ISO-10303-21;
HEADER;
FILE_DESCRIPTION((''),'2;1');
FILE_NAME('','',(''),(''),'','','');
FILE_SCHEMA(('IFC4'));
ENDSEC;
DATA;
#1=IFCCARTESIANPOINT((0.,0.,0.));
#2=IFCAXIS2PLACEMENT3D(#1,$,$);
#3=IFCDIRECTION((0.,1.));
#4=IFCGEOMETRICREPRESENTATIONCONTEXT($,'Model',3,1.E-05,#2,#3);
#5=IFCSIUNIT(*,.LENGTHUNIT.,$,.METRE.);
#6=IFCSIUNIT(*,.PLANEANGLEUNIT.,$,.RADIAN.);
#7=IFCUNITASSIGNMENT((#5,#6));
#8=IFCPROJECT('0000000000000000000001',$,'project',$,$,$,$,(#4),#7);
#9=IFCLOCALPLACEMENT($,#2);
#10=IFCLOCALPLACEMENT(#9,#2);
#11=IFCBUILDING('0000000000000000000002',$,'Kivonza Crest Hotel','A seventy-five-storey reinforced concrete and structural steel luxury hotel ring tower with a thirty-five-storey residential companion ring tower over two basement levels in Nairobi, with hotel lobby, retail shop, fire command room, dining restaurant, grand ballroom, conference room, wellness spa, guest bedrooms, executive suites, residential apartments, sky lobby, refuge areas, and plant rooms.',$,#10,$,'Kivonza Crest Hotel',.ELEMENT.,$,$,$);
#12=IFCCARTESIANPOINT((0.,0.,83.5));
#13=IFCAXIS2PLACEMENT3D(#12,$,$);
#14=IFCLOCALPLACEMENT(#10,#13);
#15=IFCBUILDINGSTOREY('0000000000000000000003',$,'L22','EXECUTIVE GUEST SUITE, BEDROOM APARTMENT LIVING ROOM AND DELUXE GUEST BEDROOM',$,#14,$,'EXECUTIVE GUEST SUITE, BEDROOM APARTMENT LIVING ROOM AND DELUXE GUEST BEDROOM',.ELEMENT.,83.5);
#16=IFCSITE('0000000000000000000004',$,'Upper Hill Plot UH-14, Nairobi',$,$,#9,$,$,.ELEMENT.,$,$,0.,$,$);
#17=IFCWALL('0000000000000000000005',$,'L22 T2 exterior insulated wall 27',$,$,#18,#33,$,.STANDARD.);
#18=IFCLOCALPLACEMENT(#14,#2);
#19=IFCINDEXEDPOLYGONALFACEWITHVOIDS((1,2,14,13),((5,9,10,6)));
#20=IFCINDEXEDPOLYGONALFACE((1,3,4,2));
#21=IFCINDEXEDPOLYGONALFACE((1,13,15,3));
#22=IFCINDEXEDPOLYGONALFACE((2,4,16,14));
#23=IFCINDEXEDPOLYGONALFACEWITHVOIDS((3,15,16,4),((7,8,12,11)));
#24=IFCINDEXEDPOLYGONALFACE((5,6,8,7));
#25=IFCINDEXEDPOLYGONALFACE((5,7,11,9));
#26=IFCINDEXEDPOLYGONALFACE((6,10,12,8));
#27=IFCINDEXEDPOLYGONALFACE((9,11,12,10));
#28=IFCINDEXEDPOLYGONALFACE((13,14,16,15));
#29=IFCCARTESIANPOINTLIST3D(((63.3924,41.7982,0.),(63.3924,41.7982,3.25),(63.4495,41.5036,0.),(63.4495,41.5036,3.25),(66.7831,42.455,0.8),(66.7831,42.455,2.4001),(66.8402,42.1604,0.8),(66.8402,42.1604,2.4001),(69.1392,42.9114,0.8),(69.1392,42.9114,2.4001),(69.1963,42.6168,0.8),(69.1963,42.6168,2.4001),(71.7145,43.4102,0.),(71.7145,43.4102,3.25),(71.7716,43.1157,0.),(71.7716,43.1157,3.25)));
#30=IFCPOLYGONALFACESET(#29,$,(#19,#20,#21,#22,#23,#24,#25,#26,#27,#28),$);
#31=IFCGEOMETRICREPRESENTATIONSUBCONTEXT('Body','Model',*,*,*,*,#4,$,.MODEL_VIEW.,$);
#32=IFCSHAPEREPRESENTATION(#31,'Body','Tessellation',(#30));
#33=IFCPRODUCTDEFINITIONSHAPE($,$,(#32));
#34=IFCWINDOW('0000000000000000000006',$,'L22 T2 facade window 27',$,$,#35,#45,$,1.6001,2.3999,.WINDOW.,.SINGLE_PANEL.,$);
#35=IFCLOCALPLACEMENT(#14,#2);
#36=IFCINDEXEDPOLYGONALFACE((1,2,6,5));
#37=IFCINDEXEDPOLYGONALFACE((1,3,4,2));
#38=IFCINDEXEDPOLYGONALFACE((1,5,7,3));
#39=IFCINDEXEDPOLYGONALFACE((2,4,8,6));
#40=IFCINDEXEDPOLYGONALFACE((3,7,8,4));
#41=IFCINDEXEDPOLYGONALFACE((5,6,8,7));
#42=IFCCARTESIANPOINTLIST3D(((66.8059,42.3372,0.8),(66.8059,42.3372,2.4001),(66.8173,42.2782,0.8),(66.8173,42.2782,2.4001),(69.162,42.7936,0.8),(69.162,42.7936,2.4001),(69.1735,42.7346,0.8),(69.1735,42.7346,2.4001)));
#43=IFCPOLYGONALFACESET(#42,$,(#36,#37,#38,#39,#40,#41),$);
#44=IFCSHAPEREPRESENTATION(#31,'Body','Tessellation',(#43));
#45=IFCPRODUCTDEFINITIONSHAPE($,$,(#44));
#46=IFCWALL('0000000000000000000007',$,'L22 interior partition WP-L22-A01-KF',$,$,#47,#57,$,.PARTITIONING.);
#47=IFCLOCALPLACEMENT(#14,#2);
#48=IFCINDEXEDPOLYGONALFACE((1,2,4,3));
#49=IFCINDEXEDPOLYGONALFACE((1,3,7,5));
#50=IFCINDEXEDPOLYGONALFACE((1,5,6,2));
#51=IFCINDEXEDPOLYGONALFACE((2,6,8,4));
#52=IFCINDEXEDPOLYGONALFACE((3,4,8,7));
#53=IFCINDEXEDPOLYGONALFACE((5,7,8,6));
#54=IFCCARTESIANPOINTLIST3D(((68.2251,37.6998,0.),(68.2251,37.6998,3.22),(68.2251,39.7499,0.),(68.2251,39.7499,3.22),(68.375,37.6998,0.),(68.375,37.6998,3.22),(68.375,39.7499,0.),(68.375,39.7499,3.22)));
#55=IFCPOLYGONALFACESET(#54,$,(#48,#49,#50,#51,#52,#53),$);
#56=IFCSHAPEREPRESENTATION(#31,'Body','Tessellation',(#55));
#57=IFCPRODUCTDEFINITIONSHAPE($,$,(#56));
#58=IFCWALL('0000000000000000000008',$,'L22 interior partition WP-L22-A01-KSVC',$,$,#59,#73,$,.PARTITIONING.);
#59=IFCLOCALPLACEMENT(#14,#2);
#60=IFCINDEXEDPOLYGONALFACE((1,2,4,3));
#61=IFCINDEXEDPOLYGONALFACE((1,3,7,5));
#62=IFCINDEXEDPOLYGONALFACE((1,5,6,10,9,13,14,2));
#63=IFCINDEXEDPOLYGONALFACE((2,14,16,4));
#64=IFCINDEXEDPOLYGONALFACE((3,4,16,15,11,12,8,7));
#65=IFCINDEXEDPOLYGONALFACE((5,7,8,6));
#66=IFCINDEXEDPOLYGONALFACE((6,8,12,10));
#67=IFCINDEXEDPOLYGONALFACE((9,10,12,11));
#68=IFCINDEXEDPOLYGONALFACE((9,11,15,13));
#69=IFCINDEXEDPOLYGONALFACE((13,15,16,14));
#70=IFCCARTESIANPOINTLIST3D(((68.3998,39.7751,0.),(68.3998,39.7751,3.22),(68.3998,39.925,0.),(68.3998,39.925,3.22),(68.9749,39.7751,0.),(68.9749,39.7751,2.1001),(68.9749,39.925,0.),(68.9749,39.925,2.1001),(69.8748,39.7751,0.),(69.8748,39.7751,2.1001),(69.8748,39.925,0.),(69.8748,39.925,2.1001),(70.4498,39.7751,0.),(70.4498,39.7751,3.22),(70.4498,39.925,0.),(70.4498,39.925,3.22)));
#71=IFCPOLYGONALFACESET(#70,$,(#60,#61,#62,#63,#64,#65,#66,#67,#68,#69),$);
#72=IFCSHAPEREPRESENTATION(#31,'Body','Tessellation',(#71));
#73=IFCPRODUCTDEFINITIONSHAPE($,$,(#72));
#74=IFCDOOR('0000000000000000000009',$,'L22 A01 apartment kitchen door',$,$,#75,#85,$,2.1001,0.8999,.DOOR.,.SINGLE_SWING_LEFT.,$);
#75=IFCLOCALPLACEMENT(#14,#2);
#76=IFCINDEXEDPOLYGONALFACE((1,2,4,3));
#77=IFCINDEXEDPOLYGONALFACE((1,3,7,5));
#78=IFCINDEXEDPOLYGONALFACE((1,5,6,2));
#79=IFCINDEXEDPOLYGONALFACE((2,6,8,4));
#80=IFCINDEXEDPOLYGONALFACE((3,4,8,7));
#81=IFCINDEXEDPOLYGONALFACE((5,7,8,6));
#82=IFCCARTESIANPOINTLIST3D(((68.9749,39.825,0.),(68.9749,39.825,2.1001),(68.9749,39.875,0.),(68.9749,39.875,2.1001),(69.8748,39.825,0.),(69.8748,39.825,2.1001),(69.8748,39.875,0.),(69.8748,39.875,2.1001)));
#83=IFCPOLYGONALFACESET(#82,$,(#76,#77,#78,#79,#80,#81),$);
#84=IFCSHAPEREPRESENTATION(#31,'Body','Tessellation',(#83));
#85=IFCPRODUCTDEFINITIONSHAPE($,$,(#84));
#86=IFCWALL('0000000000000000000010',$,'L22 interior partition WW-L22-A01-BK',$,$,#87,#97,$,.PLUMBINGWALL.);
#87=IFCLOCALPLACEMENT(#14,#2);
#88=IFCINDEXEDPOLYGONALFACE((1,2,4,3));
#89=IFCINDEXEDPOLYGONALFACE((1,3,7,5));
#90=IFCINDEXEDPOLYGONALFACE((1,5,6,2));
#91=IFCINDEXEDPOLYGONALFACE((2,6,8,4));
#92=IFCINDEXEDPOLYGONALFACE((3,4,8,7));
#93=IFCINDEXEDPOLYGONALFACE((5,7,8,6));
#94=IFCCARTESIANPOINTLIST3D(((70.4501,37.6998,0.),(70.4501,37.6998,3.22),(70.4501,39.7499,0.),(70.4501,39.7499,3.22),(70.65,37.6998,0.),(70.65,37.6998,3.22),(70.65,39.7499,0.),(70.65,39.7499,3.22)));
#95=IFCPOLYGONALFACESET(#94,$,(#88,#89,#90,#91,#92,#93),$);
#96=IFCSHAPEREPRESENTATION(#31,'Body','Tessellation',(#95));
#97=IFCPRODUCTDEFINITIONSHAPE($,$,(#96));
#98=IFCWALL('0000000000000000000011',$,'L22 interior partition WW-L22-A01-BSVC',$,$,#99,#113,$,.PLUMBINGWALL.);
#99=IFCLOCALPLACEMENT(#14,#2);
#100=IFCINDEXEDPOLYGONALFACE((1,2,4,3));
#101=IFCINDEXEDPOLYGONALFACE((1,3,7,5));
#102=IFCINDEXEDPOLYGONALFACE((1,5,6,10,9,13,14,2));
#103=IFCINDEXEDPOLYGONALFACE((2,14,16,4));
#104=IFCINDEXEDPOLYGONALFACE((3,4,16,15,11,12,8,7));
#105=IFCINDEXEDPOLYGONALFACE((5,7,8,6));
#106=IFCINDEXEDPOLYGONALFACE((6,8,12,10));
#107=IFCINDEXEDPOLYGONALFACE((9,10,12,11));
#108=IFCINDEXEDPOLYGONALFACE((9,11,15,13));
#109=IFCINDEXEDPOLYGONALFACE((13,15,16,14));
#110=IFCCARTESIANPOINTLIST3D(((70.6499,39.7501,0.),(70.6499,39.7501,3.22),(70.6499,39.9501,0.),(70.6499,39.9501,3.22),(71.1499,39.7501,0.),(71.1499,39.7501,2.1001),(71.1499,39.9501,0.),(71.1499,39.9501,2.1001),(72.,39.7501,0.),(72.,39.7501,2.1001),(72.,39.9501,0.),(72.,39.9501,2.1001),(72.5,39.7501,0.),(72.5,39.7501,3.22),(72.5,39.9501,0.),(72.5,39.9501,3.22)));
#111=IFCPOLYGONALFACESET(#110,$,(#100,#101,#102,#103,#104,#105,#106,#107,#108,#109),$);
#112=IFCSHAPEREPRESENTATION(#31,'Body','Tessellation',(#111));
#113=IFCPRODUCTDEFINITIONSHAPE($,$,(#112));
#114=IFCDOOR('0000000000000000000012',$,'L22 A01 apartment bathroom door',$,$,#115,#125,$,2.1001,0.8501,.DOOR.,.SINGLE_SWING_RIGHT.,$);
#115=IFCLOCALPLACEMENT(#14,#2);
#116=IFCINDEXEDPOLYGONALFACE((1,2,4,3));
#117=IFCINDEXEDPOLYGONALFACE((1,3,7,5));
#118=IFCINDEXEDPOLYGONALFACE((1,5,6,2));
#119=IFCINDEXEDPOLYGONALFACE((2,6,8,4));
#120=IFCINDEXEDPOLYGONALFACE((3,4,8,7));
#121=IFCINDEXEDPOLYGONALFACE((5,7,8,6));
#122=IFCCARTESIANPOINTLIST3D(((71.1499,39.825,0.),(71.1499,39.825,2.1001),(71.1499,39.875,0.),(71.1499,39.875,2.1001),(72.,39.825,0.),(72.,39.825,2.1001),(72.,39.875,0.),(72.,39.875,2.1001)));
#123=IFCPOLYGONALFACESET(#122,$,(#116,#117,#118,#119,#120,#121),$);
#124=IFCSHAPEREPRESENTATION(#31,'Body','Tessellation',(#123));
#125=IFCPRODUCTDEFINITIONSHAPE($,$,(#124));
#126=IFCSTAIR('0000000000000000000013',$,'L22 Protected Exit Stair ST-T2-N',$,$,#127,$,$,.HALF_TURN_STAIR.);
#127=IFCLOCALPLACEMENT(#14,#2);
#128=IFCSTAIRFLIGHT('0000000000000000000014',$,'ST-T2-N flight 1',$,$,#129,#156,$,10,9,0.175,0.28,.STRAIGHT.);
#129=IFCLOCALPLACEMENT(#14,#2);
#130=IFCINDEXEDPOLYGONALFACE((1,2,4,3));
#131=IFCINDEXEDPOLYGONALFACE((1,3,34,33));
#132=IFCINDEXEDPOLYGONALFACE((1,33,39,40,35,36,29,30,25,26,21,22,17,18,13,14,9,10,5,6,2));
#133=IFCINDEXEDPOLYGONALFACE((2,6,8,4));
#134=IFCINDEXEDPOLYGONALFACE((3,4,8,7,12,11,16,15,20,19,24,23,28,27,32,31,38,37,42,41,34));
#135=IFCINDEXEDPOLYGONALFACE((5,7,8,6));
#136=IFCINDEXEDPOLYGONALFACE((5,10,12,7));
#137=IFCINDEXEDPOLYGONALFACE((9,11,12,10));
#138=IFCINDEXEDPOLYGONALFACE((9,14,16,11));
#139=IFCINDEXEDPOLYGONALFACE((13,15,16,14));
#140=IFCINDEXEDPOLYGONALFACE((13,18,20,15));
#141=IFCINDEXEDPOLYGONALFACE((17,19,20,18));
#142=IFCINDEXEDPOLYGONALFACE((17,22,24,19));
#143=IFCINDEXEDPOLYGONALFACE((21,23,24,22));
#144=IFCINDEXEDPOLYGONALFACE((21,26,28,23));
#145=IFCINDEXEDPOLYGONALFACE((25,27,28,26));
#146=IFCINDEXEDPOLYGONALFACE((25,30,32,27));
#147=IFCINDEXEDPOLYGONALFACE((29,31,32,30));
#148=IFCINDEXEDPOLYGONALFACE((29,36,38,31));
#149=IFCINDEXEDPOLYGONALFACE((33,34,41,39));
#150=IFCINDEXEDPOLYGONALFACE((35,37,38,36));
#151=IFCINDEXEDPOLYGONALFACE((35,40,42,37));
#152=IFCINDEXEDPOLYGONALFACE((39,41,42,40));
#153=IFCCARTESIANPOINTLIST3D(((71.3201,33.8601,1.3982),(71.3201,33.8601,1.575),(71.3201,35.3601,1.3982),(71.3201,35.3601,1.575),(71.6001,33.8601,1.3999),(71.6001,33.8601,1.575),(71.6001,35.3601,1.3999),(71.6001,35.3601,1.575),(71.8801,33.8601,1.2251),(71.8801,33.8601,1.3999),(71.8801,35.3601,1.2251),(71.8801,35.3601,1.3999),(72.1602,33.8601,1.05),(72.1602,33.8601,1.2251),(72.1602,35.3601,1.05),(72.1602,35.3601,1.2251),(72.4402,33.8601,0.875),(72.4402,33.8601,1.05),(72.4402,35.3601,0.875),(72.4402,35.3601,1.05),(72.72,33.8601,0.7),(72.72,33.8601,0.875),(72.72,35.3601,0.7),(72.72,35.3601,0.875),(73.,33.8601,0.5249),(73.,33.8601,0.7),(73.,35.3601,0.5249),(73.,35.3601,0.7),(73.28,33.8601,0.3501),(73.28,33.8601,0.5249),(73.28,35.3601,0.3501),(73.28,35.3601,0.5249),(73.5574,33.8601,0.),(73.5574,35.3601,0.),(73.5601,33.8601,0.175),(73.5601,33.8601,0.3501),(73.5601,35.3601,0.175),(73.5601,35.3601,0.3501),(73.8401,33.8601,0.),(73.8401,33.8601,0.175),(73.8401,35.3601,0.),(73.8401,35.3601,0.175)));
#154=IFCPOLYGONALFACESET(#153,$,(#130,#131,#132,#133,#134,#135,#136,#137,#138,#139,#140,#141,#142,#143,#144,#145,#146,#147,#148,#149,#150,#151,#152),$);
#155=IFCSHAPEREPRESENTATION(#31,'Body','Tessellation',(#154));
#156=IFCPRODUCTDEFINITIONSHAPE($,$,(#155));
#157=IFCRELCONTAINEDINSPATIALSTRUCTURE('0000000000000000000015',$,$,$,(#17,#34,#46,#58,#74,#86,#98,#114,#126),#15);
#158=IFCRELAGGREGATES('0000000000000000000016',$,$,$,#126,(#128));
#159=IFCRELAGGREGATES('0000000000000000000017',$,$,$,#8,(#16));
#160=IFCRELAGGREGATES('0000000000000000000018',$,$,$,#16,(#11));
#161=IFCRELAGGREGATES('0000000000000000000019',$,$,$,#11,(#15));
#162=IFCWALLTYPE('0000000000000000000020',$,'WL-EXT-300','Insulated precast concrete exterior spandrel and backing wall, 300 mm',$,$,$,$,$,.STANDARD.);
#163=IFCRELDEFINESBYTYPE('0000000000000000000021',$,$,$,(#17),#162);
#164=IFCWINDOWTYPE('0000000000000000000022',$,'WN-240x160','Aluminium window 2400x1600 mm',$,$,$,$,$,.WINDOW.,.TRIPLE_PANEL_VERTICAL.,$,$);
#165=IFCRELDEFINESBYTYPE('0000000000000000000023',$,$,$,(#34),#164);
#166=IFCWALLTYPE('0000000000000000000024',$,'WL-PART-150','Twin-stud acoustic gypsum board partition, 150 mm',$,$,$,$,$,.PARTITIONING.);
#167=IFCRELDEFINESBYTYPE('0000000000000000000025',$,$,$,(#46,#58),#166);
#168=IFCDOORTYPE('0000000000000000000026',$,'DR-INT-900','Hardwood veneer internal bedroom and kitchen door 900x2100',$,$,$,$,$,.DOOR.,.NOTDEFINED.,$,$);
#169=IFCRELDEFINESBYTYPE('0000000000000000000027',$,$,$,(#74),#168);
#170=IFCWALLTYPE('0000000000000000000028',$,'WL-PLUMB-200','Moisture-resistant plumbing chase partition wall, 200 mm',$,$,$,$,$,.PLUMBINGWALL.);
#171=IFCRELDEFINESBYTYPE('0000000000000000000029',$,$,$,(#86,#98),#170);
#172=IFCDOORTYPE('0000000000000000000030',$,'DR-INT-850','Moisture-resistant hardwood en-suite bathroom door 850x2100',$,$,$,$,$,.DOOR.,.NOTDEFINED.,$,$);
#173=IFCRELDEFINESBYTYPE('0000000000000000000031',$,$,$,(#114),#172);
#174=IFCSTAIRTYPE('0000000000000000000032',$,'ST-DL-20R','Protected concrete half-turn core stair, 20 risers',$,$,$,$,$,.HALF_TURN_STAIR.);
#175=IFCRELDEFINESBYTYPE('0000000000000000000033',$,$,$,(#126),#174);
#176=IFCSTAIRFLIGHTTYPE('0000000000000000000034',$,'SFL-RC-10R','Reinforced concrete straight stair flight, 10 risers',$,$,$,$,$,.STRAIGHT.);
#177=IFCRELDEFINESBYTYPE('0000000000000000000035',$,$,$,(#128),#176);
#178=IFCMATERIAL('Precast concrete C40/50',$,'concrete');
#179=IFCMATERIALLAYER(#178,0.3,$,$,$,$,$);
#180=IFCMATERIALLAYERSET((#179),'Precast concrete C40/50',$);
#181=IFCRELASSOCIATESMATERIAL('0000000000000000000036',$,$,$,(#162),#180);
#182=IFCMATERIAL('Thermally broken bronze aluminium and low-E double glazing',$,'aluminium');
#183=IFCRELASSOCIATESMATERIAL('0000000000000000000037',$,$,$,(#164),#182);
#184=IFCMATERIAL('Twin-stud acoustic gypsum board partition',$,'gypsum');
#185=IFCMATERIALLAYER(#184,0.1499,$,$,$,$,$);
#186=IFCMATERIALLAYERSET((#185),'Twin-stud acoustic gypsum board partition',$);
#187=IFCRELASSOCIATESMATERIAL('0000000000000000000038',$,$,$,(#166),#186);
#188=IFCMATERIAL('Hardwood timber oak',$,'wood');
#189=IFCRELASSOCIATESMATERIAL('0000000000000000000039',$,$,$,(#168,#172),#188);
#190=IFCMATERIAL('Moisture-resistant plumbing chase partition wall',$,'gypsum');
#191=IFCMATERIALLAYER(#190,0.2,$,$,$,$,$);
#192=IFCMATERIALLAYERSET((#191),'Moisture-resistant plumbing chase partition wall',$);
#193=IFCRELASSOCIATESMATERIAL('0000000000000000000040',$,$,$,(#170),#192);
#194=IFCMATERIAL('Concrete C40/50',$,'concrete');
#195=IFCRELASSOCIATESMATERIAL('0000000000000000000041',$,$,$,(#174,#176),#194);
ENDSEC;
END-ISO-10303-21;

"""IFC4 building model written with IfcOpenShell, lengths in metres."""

from ifc_helpers import new_model, si_unit, direction, frame, frame_2d, origin, place, context, subcontext, project, spatial, polyline, rectangle, outline, extrude, material, layer, layer_set, type_object, element, fill, aggregate, save


model = new_model("IFC4")

# Units and contexts
model_context = context("Model", 3, precision=1e-05, world=origin(), true_north=direction((0.0, 1.0)))
body_context = subcontext(model_context, "Body", "Model", "MODEL_VIEW")
ifc_project = project(units=[si_unit("LENGTHUNIT", "METRE"), si_unit("PLANEANGLEUNIT", "RADIAN")], contexts=[model_context])

# Site, building, storey
site_placement = place(None, origin())
site = spatial("IfcSite", under=ifc_project, at=site_placement, Name="Upper Hill Plot UH-14, Nairobi", CompositionType="ELEMENT", RefElevation=0.0)
building_placement = place(site_placement, origin())
building = spatial("IfcBuilding", under=site, at=building_placement, Name="Kivonza Crest Hotel", Description="A seventy-five-storey reinforced concrete and structural steel luxury hotel ring tower with a thirty-five-storey residential companion ring tower over two basement levels in Nairobi, with hotel lobby, retail shop, fire command room, dining restaurant, grand ballroom, conference room, wellness spa, guest bedrooms, executive suites, residential apartments, sky lobby, refuge areas, and plant rooms.", LongName="Kivonza Crest Hotel", CompositionType="ELEMENT")
storey_placement = place(building_placement, frame((0.0, 0.0, 83.5)))
storey = spatial("IfcBuildingStorey", under=building, at=storey_placement, Name="L22", Description="EXECUTIVE GUEST SUITE, BEDROOM APARTMENT LIVING ROOM AND DELUXE GUEST BEDROOM", LongName="EXECUTIVE GUEST SUITE, BEDROOM APARTMENT LIVING ROOM AND DELUXE GUEST BEDROOM", CompositionType="ELEMENT", Elevation=83.5)

# Shared definitions
ifc_material_1 = material(Name="Hardwood timber oak", Category="wood")

# Wall, opening, window
ifc_material_2 = material(Name="Precast concrete C40/50", Category="concrete")
ifc_layer_1 = layer(ifc_material_2, 0.3)
ifc_layer_set_1 = layer_set([ifc_layer_1], Name="Precast concrete C40/50")
wall_type_1 = type_object("IfcWallType", Name="WL-EXT-300", Description="Insulated precast concrete exterior spandrel and backing wall, 300 mm", PredefinedType="STANDARD", material=ifc_layer_set_1)
wall_1_placement = place(storey_placement, frame((71.7429, 43.2629, 0.0), z_axis=(0.0, 0.0, 1.0), x_axis=(-0.98175, -0.190175, 0.0)))
wall_1 = element("IfcWall", 1, at=wall_1_placement, inside=storey, type_object=wall_type_1, Name="L22 T2 exterior insulated wall 27", PredefinedType="STANDARD", context=body_context, shape_type="SweptSolid", body=[
    extrude(rectangle(XDim=8.4768, YDim=0.3, at=frame_2d((4.2383, 0.0))), origin(), (0.0, 0.0, 1.0), 3.25),
])
opening_1_placement = place(wall_1_placement, frame((2.623, 0.0, 0.8)))
opening_1 = element("IfcOpeningElement", 2, at=opening_1_placement, cuts=wall_1, PredefinedType="OPENING", context=body_context, shape_type="SweptSolid", body=[
    extrude(rectangle(XDim=2.3999, YDim=1.6001, at=frame_2d((1.2, 0.8))), frame((0.0, 0.1602, 0.0), z_axis=(0.0, -1.0, 0.0), x_axis=(1.0, 0.0, 0.0)), (0.0, 0.0, 1.0), 0.3201),
])
ifc_material_3 = material(Name="Thermally broken bronze aluminium and low-E double glazing", Category="aluminium")
window_type = type_object("IfcWindowType", Name="WN-240x160", Description="Aluminium window 2400x1600 mm", PartitioningType="TRIPLE_PANEL_VERTICAL", PredefinedType="WINDOW", material=ifc_material_3)
window_placement = place(opening_1_placement, origin())
window = element("IfcWindow", 3, at=window_placement, inside=storey, type_object=window_type, Name="L22 T2 facade window 27", OverallHeight=1.6001, OverallWidth=2.3999, PartitioningType="SINGLE_PANEL", PredefinedType="WINDOW", context=body_context, shape_type="SweptSolid", body=[
    extrude(rectangle(XDim=2.3999, YDim=1.6001, at=frame_2d((1.2, 0.8))), frame((0.0, 0.03, 0.0), z_axis=(0.0, -1.0, 0.0), x_axis=(1.0, 0.0, 0.0)), (0.0, 0.0, 1.0), 0.0601),
])
fill(opening_1, window)

# Wall
ifc_material_4 = material(Name="Twin-stud acoustic gypsum board partition", Category="gypsum")
ifc_layer_2 = layer(ifc_material_4, 0.1499)
ifc_layer_set_2 = layer_set([ifc_layer_2], Name="Twin-stud acoustic gypsum board partition")
wall_type_2 = type_object("IfcWallType", Name="WL-PART-150", Description="Twin-stud acoustic gypsum board partition, 150 mm", PredefinedType="PARTITIONING", material=ifc_layer_set_2)
wall_2_placement = place(storey_placement, frame((68.3, 37.7, 0.0), z_axis=(0.0, 0.0, 1.0), x_axis=(0.0, 1.0, 0.0)))
element("IfcWall", 4, at=wall_2_placement, inside=storey, type_object=wall_type_2, Name="L22 interior partition WP-L22-A01-KF", PredefinedType="PARTITIONING", context=body_context, shape_type="SweptSolid", body=[
    extrude(rectangle(XDim=2.05, YDim=0.1499, at=frame_2d((1.0249, 0.0))), origin(), (0.0, 0.0, 1.0), 3.22),
])

# Wall, opening, door
wall_3_placement = place(storey_placement, frame((68.3999, 39.8501, 0.0), z_axis=(0.0, 0.0, 1.0), x_axis=(1.0, 0.0, 0.0)))
wall_3 = element("IfcWall", 5, at=wall_3_placement, inside=storey, type_object=wall_type_2, Name="L22 interior partition WP-L22-A01-KSVC", PredefinedType="PARTITIONING", context=body_context, shape_type="SweptSolid", body=[
    extrude(rectangle(XDim=2.05, YDim=0.1499, at=frame_2d((1.0249, 0.0))), origin(), (0.0, 0.0, 1.0), 3.22),
])
opening_2_placement = place(wall_3_placement, frame((0.575, 0.0, 0.0)))
opening_2 = element("IfcOpeningElement", 6, at=opening_2_placement, cuts=wall_3, PredefinedType="OPENING", context=body_context, shape_type="SweptSolid", body=[
    extrude(rectangle(XDim=0.8999, YDim=2.1001, at=frame_2d((0.45, 1.05))), frame((0.0, 0.085, 0.0), z_axis=(0.0, -1.0, 0.0), x_axis=(1.0, 0.0, 0.0)), (0.0, 0.0, 1.0), 0.1699),
])
door_type_1 = type_object("IfcDoorType", Name="DR-INT-900", Description="Hardwood veneer internal bedroom and kitchen door 900x2100", OperationType="NOTDEFINED", PredefinedType="DOOR", material=ifc_material_1)
door_1_placement = place(opening_2_placement, origin())
door_1 = element("IfcDoor", 7, at=door_1_placement, inside=storey, type_object=door_type_1, Name="L22 A01 apartment kitchen door", OperationType="SINGLE_SWING_LEFT", OverallHeight=2.1001, OverallWidth=0.8999, PredefinedType="DOOR", context=body_context, shape_type="SweptSolid", body=[
    extrude(rectangle(XDim=0.8999, YDim=2.1001, at=frame_2d((0.45, 1.05))), frame((0.0, 0.0249, 0.0), z_axis=(0.0, -1.0, 0.0), x_axis=(1.0, 0.0, 0.0)), (0.0, 0.0, 1.0), 0.05),
])
fill(opening_2, door_1)

# Wall
ifc_material_5 = material(Name="Moisture-resistant plumbing chase partition wall", Category="gypsum")
ifc_layer_3 = layer(ifc_material_5, 0.2)
ifc_layer_set_3 = layer_set([ifc_layer_3], Name="Moisture-resistant plumbing chase partition wall")
wall_type_3 = type_object("IfcWallType", Name="WL-PLUMB-200", Description="Moisture-resistant plumbing chase partition wall, 200 mm", PredefinedType="PLUMBINGWALL", material=ifc_layer_set_3)
wall_4_placement = place(storey_placement, frame((70.55, 37.7, 0.0), z_axis=(0.0, 0.0, 1.0), x_axis=(0.0, 1.0, 0.0)))
element("IfcWall", 8, at=wall_4_placement, inside=storey, type_object=wall_type_3, Name="L22 interior partition WW-L22-A01-BK", PredefinedType="PLUMBINGWALL", context=body_context, shape_type="SweptSolid", body=[
    extrude(rectangle(XDim=2.05, YDim=0.2, at=frame_2d((1.0249, 0.0))), origin(), (0.0, 0.0, 1.0), 3.22),
])

# Wall, opening, door
wall_5_placement = place(storey_placement, frame((70.6499, 39.8501, 0.0), z_axis=(0.0, 0.0, 1.0), x_axis=(1.0, 0.0, 0.0)))
wall_5 = element("IfcWall", 9, at=wall_5_placement, inside=storey, type_object=wall_type_3, Name="L22 interior partition WW-L22-A01-BSVC", PredefinedType="PLUMBINGWALL", context=body_context, shape_type="SweptSolid", body=[
    extrude(rectangle(XDim=1.8501, YDim=0.2, at=frame_2d((0.925, 0.0))), origin(), (0.0, 0.0, 1.0), 3.22),
])
opening_3_placement = place(wall_5_placement, frame((0.5, 0.0, 0.0)))
opening_3 = element("IfcOpeningElement", 10, at=opening_3_placement, cuts=wall_5, PredefinedType="OPENING", context=body_context, shape_type="SweptSolid", body=[
    extrude(rectangle(XDim=0.8501, YDim=2.1001, at=frame_2d((0.425, 1.05))), frame((0.0, 0.1099, 0.0), z_axis=(0.0, -1.0, 0.0), x_axis=(1.0, 0.0, 0.0)), (0.0, 0.0, 1.0), 0.22),
])
door_type_2 = type_object("IfcDoorType", Name="DR-INT-850", Description="Moisture-resistant hardwood en-suite bathroom door 850x2100", OperationType="NOTDEFINED", PredefinedType="DOOR", material=ifc_material_1)
door_2_placement = place(opening_3_placement, origin())
door_2 = element("IfcDoor", 11, at=door_2_placement, inside=storey, type_object=door_type_2, Name="L22 A01 apartment bathroom door", OperationType="SINGLE_SWING_RIGHT", OverallHeight=2.1001, OverallWidth=0.8501, PredefinedType="DOOR", context=body_context, shape_type="SweptSolid", body=[
    extrude(rectangle(XDim=0.8501, YDim=2.1001, at=frame_2d((0.425, 1.05))), frame((0.0, 0.0249, 0.0), z_axis=(0.0, -1.0, 0.0), x_axis=(1.0, 0.0, 0.0)), (0.0, 0.0, 1.0), 0.05),
])
fill(opening_3, door_2)

# Stair, stair flight
ifc_material_6 = material(Name="Concrete C40/50", Category="concrete")
stair_type = type_object("IfcStairType", Name="ST-DL-20R", Description="Protected concrete half-turn core stair, 20 risers", PredefinedType="HALF_TURN_STAIR", material=ifc_material_6)
stair_placement = place(storey_placement, origin())
stair = element("IfcStair", 12, at=stair_placement, inside=storey, type_object=stair_type, Name="L22 Protected Exit Stair ST-T2-N", PredefinedType="HALF_TURN_STAIR")
stair_flight_type = type_object("IfcStairFlightType", Name="SFL-RC-10R", Description="Reinforced concrete straight stair flight, 10 risers", PredefinedType="STRAIGHT", material=ifc_material_6)
stair_flight_placement = place(storey_placement, frame((73.8401, 34.6101, 0.0), z_axis=(0.0, 0.0, 1.0), x_axis=(-1.0, 0.0, 0.0)))
stair_flight = element("IfcStairFlight", 13, at=stair_flight_placement, type_object=stair_flight_type, Name="ST-T2-N flight 1", NumberOfRisers=10, NumberOfTreads=9, PredefinedType="STRAIGHT", RiserHeight=0.175, TreadLength=0.28, context=body_context, shape_type="SweptSolid", body=[
    extrude(outline(polyline([(0.0, 0.0), (0.0, 0.175), (0.28, 0.175), (0.28, 0.3501), (0.5601, 0.3501), (0.5601, 0.5249), (0.8401, 0.5249), (0.8401, 0.7), (1.1201, 0.7), (1.1201, 0.875), (1.3999, 0.875), (1.3999, 1.05), (1.6799, 1.05), (1.6799, 1.2251), (1.96, 1.2251), (1.96, 1.3999), (2.24, 1.3999), (2.24, 1.575), (2.52, 1.575), (2.52, 1.75), (2.52, 1.3982), (0.2827, 0.0), (0.0, 0.0)])), frame((0.0, 0.75, 0.0), z_axis=(0.0, -1.0, 0.0), x_axis=(1.0, 0.0, 0.0)), (0.0, 0.0, 1.0), 1.5),
])
aggregate(stair, [stair_flight])

save(model, "model.ifc")
